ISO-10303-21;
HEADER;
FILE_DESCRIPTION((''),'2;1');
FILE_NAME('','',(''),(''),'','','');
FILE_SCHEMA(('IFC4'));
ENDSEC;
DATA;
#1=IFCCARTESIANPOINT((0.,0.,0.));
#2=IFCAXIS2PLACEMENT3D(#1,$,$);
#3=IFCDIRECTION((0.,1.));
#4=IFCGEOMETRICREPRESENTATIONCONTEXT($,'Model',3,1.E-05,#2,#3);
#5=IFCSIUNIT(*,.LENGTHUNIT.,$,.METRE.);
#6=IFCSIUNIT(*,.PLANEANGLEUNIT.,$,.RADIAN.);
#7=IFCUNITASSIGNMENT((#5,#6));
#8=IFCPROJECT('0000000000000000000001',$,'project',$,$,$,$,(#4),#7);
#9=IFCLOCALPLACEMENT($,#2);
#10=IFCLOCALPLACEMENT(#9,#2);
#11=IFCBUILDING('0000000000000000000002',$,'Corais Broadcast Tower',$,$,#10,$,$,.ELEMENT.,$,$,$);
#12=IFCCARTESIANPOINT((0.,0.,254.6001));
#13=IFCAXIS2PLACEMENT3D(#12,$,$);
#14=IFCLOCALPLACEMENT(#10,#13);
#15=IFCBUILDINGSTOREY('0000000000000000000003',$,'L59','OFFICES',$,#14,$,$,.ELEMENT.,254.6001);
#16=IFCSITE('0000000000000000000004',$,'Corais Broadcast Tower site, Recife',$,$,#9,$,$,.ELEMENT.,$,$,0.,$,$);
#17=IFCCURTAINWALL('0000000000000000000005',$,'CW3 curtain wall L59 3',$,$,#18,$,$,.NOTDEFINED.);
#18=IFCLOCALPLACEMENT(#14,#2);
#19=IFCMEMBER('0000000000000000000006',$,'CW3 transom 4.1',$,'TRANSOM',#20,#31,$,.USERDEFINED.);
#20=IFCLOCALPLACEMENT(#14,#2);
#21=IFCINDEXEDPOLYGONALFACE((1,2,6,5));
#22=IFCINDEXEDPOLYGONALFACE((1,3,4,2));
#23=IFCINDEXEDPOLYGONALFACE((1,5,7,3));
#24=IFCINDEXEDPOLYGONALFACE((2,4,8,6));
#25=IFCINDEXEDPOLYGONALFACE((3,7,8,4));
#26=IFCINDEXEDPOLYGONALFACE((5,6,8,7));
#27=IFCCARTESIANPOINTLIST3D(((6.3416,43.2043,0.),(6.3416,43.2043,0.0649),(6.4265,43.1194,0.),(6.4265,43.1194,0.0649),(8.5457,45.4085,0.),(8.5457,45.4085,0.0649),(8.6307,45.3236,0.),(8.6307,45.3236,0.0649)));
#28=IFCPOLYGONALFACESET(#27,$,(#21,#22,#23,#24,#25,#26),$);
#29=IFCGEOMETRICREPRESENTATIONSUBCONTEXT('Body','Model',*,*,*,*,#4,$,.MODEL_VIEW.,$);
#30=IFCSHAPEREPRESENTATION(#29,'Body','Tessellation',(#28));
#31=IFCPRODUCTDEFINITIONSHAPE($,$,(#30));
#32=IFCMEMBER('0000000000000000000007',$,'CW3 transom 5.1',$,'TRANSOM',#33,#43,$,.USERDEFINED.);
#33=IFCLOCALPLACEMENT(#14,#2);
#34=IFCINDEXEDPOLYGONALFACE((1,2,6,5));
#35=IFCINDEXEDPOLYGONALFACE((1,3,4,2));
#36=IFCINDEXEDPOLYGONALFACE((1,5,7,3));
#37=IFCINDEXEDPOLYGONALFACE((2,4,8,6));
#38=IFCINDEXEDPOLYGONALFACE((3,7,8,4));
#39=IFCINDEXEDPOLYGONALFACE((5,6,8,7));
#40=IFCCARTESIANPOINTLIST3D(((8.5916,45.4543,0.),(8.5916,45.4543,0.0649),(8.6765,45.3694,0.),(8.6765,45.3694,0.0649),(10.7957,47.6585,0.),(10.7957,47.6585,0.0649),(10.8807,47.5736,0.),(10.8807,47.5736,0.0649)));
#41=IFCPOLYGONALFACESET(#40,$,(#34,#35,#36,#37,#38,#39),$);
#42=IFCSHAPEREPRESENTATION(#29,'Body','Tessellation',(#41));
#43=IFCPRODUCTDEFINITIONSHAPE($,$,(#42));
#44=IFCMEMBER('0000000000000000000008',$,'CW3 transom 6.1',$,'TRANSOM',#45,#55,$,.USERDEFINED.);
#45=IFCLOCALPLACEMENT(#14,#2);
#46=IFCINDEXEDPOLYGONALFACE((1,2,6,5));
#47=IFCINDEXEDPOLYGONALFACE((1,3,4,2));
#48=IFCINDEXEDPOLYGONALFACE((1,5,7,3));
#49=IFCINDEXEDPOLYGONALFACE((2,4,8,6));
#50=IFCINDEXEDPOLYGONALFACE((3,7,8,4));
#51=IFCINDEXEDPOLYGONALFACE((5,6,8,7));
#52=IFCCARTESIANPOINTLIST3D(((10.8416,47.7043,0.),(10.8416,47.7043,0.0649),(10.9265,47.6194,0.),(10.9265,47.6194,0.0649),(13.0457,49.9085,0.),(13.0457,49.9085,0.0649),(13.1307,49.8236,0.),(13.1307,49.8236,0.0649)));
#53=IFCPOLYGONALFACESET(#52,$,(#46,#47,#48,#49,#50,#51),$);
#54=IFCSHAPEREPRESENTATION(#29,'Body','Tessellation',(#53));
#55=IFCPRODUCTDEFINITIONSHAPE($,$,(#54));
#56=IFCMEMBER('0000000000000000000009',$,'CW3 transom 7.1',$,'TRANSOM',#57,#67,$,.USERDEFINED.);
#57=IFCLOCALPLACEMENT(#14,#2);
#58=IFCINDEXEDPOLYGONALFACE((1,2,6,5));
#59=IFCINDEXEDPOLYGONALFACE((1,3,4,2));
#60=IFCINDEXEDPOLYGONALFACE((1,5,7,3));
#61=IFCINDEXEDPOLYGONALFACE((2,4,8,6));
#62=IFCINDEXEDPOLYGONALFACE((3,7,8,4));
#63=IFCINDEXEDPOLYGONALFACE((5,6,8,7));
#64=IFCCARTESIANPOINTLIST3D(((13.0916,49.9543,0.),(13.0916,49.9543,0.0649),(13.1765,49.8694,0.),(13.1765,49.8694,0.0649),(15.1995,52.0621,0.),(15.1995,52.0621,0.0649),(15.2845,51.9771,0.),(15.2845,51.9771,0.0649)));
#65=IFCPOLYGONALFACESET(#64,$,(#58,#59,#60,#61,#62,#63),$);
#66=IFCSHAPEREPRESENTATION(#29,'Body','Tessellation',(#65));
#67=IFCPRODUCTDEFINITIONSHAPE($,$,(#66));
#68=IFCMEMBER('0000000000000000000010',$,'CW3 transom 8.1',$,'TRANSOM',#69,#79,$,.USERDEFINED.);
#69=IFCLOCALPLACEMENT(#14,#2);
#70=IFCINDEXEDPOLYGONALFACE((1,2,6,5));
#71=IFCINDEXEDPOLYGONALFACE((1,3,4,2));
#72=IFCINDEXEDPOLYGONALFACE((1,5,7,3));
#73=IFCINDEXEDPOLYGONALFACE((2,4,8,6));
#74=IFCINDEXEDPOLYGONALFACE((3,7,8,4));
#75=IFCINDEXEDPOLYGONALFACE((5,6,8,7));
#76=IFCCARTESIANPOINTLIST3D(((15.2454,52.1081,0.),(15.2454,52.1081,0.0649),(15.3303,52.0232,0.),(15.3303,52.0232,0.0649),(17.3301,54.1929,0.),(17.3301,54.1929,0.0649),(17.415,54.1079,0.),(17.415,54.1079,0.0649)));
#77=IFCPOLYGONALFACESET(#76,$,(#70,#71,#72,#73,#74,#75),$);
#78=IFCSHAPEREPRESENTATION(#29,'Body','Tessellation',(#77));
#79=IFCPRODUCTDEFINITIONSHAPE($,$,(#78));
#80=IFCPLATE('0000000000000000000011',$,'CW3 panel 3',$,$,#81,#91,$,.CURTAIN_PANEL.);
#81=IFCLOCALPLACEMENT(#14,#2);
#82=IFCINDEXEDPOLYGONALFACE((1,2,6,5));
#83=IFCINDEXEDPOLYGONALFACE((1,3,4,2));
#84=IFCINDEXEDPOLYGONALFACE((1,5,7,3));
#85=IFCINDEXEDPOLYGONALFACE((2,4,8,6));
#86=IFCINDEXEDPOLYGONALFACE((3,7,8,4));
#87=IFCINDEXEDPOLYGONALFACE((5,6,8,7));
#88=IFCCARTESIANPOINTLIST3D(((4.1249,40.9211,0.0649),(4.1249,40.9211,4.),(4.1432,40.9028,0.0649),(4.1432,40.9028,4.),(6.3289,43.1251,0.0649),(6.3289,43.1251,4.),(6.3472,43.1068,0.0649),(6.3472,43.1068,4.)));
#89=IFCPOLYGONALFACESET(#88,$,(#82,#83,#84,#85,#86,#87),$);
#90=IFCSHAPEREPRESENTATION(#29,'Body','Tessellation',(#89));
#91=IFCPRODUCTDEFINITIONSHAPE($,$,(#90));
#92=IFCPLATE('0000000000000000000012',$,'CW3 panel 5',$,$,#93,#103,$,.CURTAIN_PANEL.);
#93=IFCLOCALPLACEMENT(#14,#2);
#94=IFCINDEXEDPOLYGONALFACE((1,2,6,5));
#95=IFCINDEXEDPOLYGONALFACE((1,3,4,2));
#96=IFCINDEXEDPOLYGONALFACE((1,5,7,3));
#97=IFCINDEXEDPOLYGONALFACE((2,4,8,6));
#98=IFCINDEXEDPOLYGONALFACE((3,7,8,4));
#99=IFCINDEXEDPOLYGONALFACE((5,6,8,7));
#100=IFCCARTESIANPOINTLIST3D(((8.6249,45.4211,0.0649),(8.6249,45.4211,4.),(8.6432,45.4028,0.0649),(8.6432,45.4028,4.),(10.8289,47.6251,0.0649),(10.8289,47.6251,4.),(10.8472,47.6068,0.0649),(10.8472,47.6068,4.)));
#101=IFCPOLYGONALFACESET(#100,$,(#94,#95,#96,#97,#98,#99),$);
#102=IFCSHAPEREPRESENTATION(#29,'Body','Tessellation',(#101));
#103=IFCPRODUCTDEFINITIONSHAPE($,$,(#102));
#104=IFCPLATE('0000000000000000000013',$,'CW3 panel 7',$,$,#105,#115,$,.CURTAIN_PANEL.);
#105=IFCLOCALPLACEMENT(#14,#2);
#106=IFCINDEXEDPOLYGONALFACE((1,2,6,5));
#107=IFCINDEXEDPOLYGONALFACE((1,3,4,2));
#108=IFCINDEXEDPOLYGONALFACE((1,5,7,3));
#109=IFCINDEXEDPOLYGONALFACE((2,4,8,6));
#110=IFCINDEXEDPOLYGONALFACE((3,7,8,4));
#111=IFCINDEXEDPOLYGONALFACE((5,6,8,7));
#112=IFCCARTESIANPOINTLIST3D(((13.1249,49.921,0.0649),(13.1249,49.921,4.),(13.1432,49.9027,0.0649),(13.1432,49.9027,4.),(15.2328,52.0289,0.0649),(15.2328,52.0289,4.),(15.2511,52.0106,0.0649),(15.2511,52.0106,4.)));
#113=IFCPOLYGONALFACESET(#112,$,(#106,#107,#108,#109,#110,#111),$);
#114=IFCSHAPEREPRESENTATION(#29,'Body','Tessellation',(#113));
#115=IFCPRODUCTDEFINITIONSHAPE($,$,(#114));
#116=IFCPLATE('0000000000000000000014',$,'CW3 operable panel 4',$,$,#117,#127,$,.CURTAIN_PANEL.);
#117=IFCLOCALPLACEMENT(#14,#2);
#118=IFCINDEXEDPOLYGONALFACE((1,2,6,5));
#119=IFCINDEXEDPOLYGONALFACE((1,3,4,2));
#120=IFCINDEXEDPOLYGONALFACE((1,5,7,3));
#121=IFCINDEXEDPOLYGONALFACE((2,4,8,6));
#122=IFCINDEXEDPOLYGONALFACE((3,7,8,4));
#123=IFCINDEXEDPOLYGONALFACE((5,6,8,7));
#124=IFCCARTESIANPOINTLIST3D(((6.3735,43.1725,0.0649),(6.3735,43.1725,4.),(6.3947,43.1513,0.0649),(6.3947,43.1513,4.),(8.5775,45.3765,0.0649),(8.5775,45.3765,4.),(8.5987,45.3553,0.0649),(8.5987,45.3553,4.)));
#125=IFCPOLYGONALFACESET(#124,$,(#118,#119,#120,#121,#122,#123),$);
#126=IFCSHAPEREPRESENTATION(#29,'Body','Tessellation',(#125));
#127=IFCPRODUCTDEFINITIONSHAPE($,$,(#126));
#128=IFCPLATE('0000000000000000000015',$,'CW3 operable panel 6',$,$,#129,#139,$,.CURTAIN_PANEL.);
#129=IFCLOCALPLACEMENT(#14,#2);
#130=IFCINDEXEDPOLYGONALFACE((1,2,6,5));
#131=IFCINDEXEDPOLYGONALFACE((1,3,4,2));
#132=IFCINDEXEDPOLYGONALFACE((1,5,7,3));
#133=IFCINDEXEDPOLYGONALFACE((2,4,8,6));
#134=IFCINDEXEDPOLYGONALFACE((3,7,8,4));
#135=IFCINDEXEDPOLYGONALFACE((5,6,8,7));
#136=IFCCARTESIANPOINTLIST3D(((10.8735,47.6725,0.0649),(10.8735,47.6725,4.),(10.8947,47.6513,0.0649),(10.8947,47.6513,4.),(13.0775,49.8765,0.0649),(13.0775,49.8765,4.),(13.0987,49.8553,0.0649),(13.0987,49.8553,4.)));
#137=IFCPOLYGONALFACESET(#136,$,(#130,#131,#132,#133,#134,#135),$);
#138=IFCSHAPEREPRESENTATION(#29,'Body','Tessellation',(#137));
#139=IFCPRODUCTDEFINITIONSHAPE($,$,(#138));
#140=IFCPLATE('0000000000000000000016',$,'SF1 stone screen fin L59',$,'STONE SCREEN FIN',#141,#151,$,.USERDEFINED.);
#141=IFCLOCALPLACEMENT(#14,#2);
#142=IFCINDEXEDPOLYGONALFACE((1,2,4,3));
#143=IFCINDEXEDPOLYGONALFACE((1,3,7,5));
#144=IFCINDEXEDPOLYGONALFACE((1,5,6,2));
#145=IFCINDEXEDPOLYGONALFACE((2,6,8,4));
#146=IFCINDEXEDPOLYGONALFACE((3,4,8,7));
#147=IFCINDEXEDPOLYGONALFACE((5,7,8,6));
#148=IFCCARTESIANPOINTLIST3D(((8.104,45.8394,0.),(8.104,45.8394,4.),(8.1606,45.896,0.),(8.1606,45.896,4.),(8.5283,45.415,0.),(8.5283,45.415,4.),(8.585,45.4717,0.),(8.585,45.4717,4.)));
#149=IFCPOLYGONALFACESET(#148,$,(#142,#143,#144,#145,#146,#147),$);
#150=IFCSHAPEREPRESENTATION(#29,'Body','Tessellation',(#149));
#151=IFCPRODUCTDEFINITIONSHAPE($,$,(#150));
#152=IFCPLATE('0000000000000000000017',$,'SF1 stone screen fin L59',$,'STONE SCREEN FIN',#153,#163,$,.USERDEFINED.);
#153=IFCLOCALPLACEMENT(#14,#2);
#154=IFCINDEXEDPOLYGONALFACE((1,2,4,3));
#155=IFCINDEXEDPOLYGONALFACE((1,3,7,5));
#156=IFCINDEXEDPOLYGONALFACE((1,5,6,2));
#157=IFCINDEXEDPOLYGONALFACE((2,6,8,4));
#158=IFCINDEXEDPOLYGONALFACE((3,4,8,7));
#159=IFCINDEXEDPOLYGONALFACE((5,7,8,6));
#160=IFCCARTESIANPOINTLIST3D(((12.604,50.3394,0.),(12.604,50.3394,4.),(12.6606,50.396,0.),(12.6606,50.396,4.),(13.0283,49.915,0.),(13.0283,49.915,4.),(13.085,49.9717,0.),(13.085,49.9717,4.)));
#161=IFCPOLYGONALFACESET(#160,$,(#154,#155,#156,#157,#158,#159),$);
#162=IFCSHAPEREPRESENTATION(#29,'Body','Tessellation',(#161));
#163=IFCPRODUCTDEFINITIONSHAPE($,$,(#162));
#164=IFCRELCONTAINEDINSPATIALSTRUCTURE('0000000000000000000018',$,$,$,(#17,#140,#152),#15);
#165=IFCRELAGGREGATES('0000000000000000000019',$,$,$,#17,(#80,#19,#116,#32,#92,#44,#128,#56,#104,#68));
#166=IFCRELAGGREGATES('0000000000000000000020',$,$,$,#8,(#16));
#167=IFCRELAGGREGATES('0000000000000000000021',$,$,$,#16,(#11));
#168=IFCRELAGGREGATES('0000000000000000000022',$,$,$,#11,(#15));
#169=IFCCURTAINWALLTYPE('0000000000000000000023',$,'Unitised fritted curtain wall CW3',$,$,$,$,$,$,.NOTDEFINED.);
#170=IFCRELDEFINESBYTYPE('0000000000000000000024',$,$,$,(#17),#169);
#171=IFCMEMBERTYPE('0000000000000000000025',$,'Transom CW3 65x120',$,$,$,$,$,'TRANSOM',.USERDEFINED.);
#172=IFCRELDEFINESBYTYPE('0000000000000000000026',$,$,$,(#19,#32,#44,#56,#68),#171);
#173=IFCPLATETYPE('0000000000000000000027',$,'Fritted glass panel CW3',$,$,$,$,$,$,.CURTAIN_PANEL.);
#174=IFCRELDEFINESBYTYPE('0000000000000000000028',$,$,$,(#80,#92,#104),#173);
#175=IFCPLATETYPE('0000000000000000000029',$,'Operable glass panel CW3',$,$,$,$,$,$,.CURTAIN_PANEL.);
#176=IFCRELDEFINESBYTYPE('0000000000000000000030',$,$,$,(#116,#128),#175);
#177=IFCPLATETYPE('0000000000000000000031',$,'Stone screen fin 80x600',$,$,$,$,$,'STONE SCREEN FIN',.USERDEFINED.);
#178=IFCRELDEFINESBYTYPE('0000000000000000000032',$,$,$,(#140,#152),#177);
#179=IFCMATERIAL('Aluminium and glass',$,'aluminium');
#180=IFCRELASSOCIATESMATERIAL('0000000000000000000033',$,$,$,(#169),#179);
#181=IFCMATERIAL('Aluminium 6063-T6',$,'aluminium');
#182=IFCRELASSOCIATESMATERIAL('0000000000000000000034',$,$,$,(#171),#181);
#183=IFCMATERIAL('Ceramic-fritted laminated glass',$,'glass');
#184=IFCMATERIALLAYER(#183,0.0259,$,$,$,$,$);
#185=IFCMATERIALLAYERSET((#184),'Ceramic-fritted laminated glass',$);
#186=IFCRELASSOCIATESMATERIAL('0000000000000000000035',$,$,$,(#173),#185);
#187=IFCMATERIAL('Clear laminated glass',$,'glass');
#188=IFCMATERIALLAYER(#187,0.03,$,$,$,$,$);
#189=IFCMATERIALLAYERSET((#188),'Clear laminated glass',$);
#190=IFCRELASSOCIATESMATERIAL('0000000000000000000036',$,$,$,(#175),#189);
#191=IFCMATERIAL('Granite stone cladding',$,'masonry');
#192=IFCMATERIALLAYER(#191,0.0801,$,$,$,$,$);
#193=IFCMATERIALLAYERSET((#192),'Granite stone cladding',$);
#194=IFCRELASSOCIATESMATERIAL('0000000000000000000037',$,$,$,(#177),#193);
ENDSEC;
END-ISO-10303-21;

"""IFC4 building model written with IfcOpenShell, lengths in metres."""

from ifc_helpers import new_model, si_unit, direction, frame, origin, origin_2d, place, context, subcontext, project, spatial, rectangle, extrude, material, layer, layer_set, material_profile, profile_set, type_object, element, aggregate, save


model = new_model("IFC4")

# Units and contexts
model_context = context("Model", 3, precision=1e-05, world=origin(), true_north=direction((0.0, 1.0)))
body_context = subcontext(model_context, "Body", "Model", "MODEL_VIEW")
ifc_project = project(units=[si_unit("LENGTHUNIT", "METRE"), si_unit("PLANEANGLEUNIT", "RADIAN")], contexts=[model_context])

# Site, building, storey
site_placement = place(None, origin())
site = spatial("IfcSite", under=ifc_project, at=site_placement, Name="Corais Broadcast Tower site, Recife", CompositionType="ELEMENT", RefElevation=0.0)
building_placement = place(site_placement, origin())
building = spatial("IfcBuilding", under=site, at=building_placement, Name="Corais Broadcast Tower", CompositionType="ELEMENT")
storey_placement = place(building_placement, frame((0.0, 0.0, 254.6001)))
storey = spatial("IfcBuildingStorey", under=building, at=storey_placement, Name="L59", Description="OFFICES", CompositionType="ELEMENT", Elevation=254.6001)

# Curtain wall
ifc_material_1 = material(Name="Aluminium and glass", Category="aluminium")
curtain_wall_type = type_object("IfcCurtainWallType", Name="Unitised fritted curtain wall CW3", PredefinedType="NOTDEFINED", material=ifc_material_1)
curtain_wall_placement = place(storey_placement, origin())
curtain_wall = element("IfcCurtainWall", 1, at=curtain_wall_placement, inside=storey, type_object=curtain_wall_type, Name="CW3 curtain wall L59 3", PredefinedType="NOTDEFINED")

# Members
ifc_material_2 = material(Name="Aluminium 6063-T6", Category="aluminium")
ifc_material_profile_1 = material_profile(ifc_material_2, rectangle(XDim=0.1201, YDim=0.0649, at=origin_2d()), Name="Transom CW3 65x120")
ifc_profile_set_1 = profile_set([ifc_material_profile_1], Name="Aluminium 6063-T6")
member_type_1 = type_object("IfcMemberType", Name="Transom CW3 65x120", ElementType="TRANSOM", PredefinedType="USERDEFINED", material=ifc_profile_set_1)
member_1_placement = place(storey_placement, frame((6.384, 43.1619, 0.0325), z_axis=(0.707107, 0.707107, 0.0), x_axis=(-0.707107, 0.707107, 0.0)))
member_1 = element("IfcMember", 2, at=member_1_placement, type_object=member_type_1, Name="CW3 transom 4.1", ObjectType="TRANSOM", PredefinedType="USERDEFINED", context=body_context, shape_type="SweptSolid", body=[
    extrude(rectangle(XDim=0.1201, YDim=0.0649, at=origin_2d()), origin(), (0.0, 0.0, 1.0), 3.1172),
])
member_2_placement = place(storey_placement, frame((8.634, 45.4119, 0.0325), z_axis=(0.707107, 0.707107, 0.0), x_axis=(-0.707107, 0.707107, 0.0)))
member_2 = element("IfcMember", 3, at=member_2_placement, type_object=member_type_1, Name="CW3 transom 5.1", ObjectType="TRANSOM", PredefinedType="USERDEFINED", context=body_context, shape_type="SweptSolid", body=[
    extrude(rectangle(XDim=0.1201, YDim=0.0649, at=origin_2d()), origin(), (0.0, 0.0, 1.0), 3.1172),
])
member_3_placement = place(storey_placement, frame((10.884, 47.6619, 0.0325), z_axis=(0.707107, 0.707107, 0.0), x_axis=(-0.707107, 0.707107, 0.0)))
member_3 = element("IfcMember", 4, at=member_3_placement, type_object=member_type_1, Name="CW3 transom 6.1", ObjectType="TRANSOM", PredefinedType="USERDEFINED", context=body_context, shape_type="SweptSolid", body=[
    extrude(rectangle(XDim=0.1201, YDim=0.0649, at=origin_2d()), origin(), (0.0, 0.0, 1.0), 3.1172),
])
member_4_placement = place(storey_placement, frame((13.134, 49.9119, 0.0325), z_axis=(0.707148, 0.707066, 0.0), x_axis=(-0.707066, 0.707148, 0.0)))
member_4 = element("IfcMember", 5, at=member_4_placement, type_object=member_type_1, Name="CW3 transom 7.1", ObjectType="TRANSOM", PredefinedType="USERDEFINED", context=body_context, shape_type="SweptSolid", body=[
    extrude(rectangle(XDim=0.1201, YDim=0.0649, at=origin_2d()), origin(), (0.0, 0.0, 1.0), 2.981),
])
member_5_placement = place(storey_placement, frame((15.2878, 52.0657, 0.0325), z_axis=(0.707107, 0.707107, 0.0), x_axis=(-0.707107, 0.707107, 0.0)))
member_5 = element("IfcMember", 6, at=member_5_placement, type_object=member_type_1, Name="CW3 transom 8.1", ObjectType="TRANSOM", PredefinedType="USERDEFINED", context=body_context, shape_type="SweptSolid", body=[
    extrude(rectangle(XDim=0.1201, YDim=0.0649, at=origin_2d()), origin(), (0.0, 0.0, 1.0), 2.9482),
])

# Plates
ifc_material_3 = material(Name="Ceramic-fritted laminated glass", Category="glass")
ifc_layer_1 = layer(ifc_material_3, 0.0259)
ifc_layer_set_1 = layer_set([ifc_layer_1], Name="Ceramic-fritted laminated glass")
plate_type_1 = type_object("IfcPlateType", Name="Fritted glass panel CW3", PredefinedType="CURTAIN_PANEL", material=ifc_layer_set_1)
plate_1_placement = place(storey_placement, frame((5.2361, 42.0139, 0.0649), z_axis=(0.0, 0.0, 1.0), x_axis=(0.707107, 0.707107, 0.0)))
plate_1 = element("IfcPlate", 7, at=plate_1_placement, type_object=plate_type_1, Name="CW3 panel 3", PredefinedType="CURTAIN_PANEL", context=body_context, shape_type="SweptSolid", body=[
    extrude(rectangle(XDim=3.1169, YDim=0.0259, at=origin_2d()), origin(), (0.0, 0.0, 1.0), 3.9351),
])
plate_2_placement = place(storey_placement, frame((9.7361, 46.5139, 0.0649), z_axis=(0.0, 0.0, 1.0), x_axis=(0.707107, 0.707107, 0.0)))
plate_2 = element("IfcPlate", 8, at=plate_2_placement, type_object=plate_type_1, Name="CW3 panel 5", PredefinedType="CURTAIN_PANEL", context=body_context, shape_type="SweptSolid", body=[
    extrude(rectangle(XDim=3.1169, YDim=0.0259, at=origin_2d()), origin(), (0.0, 0.0, 1.0), 3.9351),
])
plate_3_placement = place(storey_placement, frame((14.188, 50.9658, 0.0649), z_axis=(0.0, 0.0, 1.0), x_axis=(0.707107, 0.707107, 0.0)))
plate_3 = element("IfcPlate", 9, at=plate_3_placement, type_object=plate_type_1, Name="CW3 panel 7", PredefinedType="CURTAIN_PANEL", context=body_context, shape_type="SweptSolid", body=[
    extrude(rectangle(XDim=2.981, YDim=0.0259, at=origin_2d()), origin(), (0.0, 0.0, 1.0), 3.9351),
])
ifc_material_4 = material(Name="Clear laminated glass", Category="glass")
ifc_layer_2 = layer(ifc_material_4, 0.03)
ifc_layer_set_2 = layer_set([ifc_layer_2], Name="Clear laminated glass")
plate_type_2 = type_object("IfcPlateType", Name="Operable glass panel CW3", PredefinedType="CURTAIN_PANEL", material=ifc_layer_set_2)
plate_4_placement = place(storey_placement, frame((7.4861, 44.2639, 0.0649), z_axis=(0.0, 0.0, 1.0), x_axis=(0.707107, 0.707107, 0.0)))
plate_4 = element("IfcPlate", 10, at=plate_4_placement, type_object=plate_type_2, Name="CW3 operable panel 4", PredefinedType="CURTAIN_PANEL", context=body_context, shape_type="SweptSolid", body=[
    extrude(rectangle(XDim=3.1169, YDim=0.03, at=origin_2d()), origin(), (0.0, 0.0, 1.0), 3.9351),
])
plate_5_placement = place(storey_placement, frame((11.9861, 48.7639, 0.0649), z_axis=(0.0, 0.0, 1.0), x_axis=(0.707107, 0.707107, 0.0)))
plate_5 = element("IfcPlate", 11, at=plate_5_placement, type_object=plate_type_2, Name="CW3 operable panel 6", PredefinedType="CURTAIN_PANEL", context=body_context, shape_type="SweptSolid", body=[
    extrude(rectangle(XDim=3.1169, YDim=0.03, at=origin_2d()), origin(), (0.0, 0.0, 1.0), 3.9351),
])
aggregate(curtain_wall, [plate_1, member_1, plate_4, member_2, plate_2, member_3, plate_5, member_4, plate_3, member_5])

# Plates
ifc_material_5 = material(Name="Granite stone cladding", Category="masonry")
ifc_layer_3 = layer(ifc_material_5, 0.0801)
ifc_layer_set_3 = layer_set([ifc_layer_3], Name="Granite stone cladding")
plate_type_3 = type_object("IfcPlateType", Name="Stone screen fin 80x600", ElementType="STONE SCREEN FIN", PredefinedType="USERDEFINED", material=ifc_layer_set_3)
for number, where, z_axis, x_axis, name in (
    (12, (8.3445, 45.6555, 0.0), (0.0, 0.0, 1.0), (0.707107, 0.707107, 0.0), "SF1 stone screen fin L59"),
    (13, (12.8445, 50.1555, 0.0), (0.0, 0.0, 1.0), (0.707107, 0.707107, 0.0), "SF1 stone screen fin L59"),
):
    element("IfcPlate", number, at=place(storey_placement, frame(where, z_axis=z_axis, x_axis=x_axis)), inside=storey, type_object=plate_type_3, Name=name, ObjectType="STONE SCREEN FIN", PredefinedType="USERDEFINED", context=body_context, shape_type="SweptSolid", body=[
        extrude(rectangle(XDim=0.0801, YDim=0.6001, at=origin_2d()), origin(), (0.0, 0.0, 1.0), 4.0),
    ])

save(model, "model.ifc")
